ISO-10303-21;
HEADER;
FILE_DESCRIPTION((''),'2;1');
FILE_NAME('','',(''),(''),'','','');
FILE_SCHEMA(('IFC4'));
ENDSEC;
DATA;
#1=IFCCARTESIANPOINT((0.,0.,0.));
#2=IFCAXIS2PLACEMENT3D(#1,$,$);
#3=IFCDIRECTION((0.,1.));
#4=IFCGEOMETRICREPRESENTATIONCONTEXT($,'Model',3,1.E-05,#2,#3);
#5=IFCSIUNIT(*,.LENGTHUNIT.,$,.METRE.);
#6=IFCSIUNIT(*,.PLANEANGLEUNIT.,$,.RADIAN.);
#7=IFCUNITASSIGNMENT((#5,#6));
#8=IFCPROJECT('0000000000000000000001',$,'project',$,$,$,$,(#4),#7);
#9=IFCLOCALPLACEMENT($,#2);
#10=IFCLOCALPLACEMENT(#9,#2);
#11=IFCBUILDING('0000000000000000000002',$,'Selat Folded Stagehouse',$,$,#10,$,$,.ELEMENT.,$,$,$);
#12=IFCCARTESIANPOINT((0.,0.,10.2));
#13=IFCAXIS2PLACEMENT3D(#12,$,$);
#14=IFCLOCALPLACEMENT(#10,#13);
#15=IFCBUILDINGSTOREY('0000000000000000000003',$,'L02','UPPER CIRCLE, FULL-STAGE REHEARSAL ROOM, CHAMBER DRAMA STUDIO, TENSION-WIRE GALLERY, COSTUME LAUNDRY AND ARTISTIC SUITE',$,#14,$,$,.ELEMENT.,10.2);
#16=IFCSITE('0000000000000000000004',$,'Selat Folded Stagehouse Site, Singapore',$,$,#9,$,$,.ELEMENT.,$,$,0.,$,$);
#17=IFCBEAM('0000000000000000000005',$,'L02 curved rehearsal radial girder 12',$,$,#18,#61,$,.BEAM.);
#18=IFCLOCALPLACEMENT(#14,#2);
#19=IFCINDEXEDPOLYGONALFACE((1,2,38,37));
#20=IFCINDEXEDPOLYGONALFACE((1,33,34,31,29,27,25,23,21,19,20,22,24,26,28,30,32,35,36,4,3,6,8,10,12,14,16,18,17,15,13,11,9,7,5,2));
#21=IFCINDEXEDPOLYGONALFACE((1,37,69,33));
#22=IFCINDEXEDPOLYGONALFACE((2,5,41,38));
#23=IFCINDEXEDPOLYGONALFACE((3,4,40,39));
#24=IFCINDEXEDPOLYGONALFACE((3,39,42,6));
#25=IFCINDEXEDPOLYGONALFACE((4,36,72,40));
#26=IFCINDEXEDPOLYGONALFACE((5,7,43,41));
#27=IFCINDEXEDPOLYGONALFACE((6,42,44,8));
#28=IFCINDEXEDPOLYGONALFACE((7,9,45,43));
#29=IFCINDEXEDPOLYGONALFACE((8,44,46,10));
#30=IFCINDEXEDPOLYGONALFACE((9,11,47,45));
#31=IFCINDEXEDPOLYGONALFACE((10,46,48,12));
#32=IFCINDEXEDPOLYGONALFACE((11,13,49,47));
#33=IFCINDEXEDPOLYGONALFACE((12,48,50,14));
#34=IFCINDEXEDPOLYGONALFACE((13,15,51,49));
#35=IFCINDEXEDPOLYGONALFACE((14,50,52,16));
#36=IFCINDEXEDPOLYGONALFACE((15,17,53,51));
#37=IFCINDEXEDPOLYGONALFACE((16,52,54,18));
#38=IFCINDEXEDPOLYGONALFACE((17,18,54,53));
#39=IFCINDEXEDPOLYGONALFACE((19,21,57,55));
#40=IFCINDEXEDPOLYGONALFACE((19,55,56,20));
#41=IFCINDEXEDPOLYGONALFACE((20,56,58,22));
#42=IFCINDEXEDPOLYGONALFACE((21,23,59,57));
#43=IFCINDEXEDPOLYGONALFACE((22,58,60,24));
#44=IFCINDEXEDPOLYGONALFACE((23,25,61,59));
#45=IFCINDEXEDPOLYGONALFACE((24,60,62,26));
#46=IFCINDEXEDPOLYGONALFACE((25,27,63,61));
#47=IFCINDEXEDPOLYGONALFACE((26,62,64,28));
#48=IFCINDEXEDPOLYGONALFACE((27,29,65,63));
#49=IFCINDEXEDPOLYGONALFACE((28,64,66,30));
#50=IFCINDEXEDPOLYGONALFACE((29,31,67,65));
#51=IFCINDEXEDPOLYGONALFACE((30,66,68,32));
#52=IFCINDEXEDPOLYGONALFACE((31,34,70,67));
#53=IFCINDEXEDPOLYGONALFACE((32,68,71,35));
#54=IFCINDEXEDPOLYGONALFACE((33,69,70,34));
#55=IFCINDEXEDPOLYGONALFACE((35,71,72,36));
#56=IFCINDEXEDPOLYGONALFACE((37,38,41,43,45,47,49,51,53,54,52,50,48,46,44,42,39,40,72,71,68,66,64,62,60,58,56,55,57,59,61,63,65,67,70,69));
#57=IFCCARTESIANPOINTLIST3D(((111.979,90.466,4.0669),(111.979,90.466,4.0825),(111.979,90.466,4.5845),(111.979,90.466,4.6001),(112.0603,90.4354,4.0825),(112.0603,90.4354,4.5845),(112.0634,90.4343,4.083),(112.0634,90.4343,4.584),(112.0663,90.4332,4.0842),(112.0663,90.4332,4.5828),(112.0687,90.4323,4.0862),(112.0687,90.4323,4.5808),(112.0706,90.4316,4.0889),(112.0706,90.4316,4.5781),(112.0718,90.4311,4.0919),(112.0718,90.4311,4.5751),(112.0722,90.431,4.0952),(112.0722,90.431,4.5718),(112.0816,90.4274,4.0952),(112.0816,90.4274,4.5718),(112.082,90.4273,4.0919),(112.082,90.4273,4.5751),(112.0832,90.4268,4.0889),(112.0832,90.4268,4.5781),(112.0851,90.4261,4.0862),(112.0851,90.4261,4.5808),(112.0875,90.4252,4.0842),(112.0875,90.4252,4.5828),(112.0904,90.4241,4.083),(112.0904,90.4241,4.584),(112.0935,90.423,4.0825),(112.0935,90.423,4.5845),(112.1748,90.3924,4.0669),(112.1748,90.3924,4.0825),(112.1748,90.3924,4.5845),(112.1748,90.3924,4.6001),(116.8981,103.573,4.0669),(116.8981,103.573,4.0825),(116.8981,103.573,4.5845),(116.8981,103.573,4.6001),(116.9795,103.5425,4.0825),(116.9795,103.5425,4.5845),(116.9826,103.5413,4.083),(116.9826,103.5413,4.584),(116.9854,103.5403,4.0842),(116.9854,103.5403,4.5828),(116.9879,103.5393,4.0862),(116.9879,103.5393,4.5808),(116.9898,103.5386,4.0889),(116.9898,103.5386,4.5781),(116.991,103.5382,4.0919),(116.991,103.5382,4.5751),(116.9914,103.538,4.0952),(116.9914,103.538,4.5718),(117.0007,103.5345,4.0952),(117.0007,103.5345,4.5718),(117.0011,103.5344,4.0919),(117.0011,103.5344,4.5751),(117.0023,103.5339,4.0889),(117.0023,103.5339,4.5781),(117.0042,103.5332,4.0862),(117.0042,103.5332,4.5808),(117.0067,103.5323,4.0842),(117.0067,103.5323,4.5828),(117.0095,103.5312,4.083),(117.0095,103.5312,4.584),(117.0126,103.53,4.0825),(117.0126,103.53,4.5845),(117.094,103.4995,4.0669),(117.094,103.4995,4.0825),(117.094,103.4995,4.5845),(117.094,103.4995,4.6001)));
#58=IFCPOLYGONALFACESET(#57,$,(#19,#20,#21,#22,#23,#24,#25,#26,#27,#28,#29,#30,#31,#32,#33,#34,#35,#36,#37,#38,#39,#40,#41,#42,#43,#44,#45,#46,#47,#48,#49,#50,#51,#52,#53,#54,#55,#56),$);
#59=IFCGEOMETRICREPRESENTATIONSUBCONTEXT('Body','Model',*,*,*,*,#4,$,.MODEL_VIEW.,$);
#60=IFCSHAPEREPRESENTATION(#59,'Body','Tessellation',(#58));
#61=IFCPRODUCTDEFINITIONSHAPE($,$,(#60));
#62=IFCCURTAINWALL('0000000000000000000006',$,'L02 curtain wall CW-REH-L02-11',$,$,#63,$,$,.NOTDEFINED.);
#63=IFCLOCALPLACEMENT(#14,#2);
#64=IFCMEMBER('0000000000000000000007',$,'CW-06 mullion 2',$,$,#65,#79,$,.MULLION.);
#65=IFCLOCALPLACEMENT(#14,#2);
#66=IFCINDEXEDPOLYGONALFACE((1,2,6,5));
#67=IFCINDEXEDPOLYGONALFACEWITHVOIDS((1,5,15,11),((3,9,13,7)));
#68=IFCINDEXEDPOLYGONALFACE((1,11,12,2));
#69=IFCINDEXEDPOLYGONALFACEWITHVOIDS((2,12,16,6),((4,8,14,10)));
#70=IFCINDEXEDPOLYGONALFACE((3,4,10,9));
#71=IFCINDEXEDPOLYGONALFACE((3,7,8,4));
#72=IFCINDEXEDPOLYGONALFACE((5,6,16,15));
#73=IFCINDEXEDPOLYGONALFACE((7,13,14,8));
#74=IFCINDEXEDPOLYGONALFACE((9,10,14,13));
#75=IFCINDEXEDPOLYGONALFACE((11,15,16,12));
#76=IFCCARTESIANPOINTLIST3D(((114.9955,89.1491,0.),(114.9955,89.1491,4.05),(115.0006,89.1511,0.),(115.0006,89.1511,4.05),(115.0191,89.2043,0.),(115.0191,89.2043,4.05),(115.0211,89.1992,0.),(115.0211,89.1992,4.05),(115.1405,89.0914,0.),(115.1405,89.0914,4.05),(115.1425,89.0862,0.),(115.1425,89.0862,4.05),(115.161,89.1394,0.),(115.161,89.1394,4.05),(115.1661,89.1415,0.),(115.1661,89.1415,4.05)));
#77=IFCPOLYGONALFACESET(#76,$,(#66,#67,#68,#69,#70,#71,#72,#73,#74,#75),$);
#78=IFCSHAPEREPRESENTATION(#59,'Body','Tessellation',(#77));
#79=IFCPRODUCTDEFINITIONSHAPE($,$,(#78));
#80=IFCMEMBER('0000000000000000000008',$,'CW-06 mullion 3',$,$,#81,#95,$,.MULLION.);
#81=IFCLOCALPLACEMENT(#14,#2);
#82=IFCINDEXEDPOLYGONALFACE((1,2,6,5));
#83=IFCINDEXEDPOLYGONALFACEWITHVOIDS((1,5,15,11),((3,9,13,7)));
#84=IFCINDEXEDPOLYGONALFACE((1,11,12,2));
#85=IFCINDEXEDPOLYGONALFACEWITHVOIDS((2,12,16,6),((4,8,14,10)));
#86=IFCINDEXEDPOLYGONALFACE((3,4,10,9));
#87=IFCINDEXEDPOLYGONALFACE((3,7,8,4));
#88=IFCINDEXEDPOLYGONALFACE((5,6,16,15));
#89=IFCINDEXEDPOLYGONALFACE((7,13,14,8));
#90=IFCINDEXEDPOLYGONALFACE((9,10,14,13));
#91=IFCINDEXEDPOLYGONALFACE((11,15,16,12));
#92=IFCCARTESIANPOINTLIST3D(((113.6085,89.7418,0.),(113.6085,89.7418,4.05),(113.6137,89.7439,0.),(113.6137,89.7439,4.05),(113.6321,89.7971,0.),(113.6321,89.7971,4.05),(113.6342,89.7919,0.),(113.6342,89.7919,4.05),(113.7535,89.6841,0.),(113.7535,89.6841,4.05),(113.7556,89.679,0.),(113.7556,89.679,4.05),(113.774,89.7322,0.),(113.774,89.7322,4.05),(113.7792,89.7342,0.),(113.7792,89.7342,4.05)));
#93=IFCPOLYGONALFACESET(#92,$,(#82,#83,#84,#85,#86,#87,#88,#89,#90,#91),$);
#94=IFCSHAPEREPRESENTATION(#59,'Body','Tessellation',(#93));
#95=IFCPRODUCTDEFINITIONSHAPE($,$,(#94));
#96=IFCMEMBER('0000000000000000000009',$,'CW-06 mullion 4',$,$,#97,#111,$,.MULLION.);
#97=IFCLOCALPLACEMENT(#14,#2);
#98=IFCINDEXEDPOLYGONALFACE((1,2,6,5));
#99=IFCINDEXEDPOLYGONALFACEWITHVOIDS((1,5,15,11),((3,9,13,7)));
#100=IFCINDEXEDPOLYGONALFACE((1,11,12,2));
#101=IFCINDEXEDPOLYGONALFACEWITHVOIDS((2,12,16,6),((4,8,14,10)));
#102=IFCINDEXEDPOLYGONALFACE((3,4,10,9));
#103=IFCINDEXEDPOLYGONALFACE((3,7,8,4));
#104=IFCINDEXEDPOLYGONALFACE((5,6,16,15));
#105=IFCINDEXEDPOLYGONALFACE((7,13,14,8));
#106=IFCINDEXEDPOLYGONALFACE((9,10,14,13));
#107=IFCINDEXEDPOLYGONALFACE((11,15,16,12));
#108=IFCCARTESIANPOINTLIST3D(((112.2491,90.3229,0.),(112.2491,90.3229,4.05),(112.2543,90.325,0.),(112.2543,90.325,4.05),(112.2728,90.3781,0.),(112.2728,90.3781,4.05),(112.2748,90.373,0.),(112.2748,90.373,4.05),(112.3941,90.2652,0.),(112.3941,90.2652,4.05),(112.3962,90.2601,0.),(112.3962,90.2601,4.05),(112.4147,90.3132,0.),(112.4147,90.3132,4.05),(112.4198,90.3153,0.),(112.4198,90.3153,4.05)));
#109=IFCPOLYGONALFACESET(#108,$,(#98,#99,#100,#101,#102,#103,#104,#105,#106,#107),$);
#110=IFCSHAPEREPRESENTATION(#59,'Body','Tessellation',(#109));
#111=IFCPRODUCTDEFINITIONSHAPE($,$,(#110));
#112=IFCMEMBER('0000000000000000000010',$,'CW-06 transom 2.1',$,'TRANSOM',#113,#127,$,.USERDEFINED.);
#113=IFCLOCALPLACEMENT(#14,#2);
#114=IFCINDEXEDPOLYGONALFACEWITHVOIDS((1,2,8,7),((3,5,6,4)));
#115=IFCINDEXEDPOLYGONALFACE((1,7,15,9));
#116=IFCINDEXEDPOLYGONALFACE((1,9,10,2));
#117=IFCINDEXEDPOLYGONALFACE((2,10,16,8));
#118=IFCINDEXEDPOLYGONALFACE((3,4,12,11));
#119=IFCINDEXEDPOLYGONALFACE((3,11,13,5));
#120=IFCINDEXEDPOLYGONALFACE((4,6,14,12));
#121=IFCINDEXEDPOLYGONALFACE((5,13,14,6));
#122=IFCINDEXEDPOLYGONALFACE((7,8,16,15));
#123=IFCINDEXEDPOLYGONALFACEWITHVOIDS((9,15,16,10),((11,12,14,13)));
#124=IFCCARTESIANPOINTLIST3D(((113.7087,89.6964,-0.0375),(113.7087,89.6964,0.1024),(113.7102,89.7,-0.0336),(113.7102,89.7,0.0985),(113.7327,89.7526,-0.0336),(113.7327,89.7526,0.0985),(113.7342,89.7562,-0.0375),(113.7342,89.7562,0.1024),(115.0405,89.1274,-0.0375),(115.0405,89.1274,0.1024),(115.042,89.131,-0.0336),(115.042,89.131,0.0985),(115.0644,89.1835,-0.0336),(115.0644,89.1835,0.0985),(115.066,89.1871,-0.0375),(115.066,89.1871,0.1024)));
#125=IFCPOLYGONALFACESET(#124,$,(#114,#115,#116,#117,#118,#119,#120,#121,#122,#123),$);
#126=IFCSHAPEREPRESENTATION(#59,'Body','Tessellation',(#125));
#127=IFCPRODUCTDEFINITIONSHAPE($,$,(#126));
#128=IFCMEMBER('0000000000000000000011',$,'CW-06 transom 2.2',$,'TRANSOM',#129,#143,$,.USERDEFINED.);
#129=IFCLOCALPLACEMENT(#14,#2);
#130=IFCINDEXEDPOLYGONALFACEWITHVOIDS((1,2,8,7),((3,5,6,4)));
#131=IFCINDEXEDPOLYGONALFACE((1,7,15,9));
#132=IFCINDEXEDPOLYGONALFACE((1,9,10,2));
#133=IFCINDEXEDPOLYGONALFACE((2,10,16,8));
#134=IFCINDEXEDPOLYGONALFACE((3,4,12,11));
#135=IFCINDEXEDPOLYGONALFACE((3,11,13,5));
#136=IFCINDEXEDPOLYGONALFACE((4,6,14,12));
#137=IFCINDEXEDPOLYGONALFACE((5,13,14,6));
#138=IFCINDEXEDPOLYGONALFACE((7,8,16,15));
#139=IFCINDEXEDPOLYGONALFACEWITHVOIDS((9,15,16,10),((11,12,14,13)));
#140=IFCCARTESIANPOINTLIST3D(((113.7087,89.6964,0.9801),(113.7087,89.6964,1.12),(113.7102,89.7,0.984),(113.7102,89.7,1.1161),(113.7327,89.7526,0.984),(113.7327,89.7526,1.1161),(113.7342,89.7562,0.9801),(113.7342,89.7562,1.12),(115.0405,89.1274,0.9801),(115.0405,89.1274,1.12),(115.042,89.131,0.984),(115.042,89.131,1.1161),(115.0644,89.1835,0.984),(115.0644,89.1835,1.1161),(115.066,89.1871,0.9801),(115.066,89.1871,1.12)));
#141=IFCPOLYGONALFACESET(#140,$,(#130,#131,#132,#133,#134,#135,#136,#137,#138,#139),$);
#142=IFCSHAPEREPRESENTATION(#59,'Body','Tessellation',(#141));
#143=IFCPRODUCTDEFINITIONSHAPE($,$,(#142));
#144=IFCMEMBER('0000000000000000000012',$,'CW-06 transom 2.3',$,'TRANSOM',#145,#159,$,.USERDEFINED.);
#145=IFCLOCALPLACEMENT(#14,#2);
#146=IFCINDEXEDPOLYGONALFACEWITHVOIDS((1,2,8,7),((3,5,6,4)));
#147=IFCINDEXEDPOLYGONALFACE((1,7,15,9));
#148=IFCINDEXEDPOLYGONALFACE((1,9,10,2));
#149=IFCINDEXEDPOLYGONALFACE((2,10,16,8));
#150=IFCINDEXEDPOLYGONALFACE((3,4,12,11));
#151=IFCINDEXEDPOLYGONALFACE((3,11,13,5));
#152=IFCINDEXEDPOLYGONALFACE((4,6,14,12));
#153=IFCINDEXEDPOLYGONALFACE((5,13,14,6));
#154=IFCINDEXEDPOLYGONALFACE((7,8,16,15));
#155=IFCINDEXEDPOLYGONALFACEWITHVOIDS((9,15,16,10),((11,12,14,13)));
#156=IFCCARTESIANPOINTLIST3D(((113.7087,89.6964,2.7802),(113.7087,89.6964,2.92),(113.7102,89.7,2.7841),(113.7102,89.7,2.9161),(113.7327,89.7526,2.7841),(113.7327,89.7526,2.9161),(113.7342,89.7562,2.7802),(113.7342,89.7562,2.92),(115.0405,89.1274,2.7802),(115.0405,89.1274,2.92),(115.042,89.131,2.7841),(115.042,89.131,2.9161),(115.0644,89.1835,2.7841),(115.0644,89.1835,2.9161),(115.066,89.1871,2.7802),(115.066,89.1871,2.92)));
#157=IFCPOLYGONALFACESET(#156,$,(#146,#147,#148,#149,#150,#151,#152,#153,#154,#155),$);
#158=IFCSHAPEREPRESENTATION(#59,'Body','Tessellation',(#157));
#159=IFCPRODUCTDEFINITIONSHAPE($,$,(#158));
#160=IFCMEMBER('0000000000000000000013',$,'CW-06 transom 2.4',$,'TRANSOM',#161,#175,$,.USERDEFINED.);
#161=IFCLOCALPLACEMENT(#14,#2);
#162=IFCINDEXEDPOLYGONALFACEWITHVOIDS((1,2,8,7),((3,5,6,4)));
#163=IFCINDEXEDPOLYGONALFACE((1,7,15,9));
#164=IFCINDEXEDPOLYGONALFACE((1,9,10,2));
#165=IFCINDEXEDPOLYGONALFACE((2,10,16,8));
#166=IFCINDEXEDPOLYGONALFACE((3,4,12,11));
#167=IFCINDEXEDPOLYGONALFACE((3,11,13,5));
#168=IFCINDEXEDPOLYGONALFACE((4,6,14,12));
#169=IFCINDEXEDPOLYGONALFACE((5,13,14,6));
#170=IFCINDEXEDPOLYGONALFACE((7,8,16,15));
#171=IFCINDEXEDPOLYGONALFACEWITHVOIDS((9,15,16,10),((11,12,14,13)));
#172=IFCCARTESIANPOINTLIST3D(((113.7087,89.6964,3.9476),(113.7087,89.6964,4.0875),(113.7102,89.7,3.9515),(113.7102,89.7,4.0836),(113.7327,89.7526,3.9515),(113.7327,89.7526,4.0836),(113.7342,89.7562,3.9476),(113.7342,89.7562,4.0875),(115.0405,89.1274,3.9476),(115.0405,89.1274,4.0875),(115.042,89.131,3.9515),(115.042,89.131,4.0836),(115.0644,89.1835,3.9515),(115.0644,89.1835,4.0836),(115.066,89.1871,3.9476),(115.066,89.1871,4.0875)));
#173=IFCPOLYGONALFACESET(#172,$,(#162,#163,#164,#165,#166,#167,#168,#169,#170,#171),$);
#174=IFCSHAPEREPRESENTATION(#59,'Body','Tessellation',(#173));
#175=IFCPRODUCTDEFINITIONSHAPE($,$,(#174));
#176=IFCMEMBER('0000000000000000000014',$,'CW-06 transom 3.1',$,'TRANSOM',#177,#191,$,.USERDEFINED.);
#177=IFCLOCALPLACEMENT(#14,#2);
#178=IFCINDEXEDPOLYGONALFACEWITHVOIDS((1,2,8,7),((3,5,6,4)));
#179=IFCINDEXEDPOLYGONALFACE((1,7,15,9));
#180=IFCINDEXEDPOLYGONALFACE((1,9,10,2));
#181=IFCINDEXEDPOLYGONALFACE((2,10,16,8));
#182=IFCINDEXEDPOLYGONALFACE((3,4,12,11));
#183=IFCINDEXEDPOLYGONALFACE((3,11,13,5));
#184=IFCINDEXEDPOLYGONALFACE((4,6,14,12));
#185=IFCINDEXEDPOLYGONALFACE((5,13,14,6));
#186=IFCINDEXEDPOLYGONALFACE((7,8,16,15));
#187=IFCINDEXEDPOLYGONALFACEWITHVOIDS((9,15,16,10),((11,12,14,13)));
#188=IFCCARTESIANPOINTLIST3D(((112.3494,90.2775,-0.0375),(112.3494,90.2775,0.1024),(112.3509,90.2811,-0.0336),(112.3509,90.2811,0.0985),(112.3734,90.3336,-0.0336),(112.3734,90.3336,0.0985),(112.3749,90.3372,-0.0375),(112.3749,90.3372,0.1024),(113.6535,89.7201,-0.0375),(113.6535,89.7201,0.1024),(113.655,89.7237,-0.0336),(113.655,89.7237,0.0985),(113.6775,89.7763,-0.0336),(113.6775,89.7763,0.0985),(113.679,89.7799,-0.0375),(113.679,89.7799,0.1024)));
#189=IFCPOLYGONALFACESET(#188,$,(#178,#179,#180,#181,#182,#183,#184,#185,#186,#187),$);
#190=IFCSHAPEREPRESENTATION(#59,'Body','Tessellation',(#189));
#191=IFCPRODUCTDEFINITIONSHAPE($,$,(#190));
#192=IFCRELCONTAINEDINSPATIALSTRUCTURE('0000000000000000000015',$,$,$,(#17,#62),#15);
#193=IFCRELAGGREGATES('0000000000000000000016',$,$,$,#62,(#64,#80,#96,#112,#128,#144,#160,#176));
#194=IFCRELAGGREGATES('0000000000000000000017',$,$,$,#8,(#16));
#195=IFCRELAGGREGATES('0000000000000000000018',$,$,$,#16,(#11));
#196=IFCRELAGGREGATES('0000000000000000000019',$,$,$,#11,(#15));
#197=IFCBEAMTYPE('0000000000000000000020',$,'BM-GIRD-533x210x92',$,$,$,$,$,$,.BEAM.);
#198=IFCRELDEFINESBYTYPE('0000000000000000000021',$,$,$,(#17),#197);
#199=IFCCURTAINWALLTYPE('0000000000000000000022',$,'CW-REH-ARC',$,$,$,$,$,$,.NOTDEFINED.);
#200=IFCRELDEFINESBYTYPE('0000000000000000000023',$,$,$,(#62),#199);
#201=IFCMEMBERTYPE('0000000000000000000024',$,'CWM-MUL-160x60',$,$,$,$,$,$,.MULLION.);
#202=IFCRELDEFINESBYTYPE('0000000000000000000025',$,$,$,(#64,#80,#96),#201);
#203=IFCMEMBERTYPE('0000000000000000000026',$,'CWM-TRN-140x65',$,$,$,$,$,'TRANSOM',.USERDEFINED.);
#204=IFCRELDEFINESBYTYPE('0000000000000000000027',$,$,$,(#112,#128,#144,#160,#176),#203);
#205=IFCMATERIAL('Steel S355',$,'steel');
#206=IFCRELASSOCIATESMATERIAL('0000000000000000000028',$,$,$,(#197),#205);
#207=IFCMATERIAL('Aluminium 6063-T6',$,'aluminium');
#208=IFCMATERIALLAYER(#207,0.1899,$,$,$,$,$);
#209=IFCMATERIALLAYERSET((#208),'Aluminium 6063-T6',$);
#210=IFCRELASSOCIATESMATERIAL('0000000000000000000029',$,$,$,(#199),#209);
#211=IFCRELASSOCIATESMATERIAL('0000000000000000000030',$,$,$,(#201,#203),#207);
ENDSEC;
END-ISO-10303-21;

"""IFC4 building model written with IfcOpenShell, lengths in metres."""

from ifc_helpers import new_model, si_unit, direction, frame, origin, origin_2d, place, context, subcontext, project, spatial, hollow_rectangle, i_section, extrude, material, layer, layer_set, material_profile, profile_set, type_object, element, aggregate, save


model = new_model("IFC4")

# Units and contexts
model_context = context("Model", 3, precision=1e-05, world=origin(), true_north=direction((0.0, 1.0)))
body_context = subcontext(model_context, "Body", "Model", "MODEL_VIEW")
ifc_project = project(units=[si_unit("LENGTHUNIT", "METRE"), si_unit("PLANEANGLEUNIT", "RADIAN")], contexts=[model_context])

# Site, building, storey
site_placement = place(None, origin())
site = spatial("IfcSite", under=ifc_project, at=site_placement, Name="Selat Folded Stagehouse Site, Singapore", CompositionType="ELEMENT", RefElevation=0.0)
building_placement = place(site_placement, origin())
building = spatial("IfcBuilding", under=site, at=building_placement, Name="Selat Folded Stagehouse", CompositionType="ELEMENT")
storey_placement = place(building_placement, frame((0.0, 0.0, 10.2)))
storey = spatial("IfcBuildingStorey", under=building, at=storey_placement, Name="L02", Description="UPPER CIRCLE, FULL-STAGE REHEARSAL ROOM, CHAMBER DRAMA STUDIO, TENSION-WIRE GALLERY, COSTUME LAUNDRY AND ARTISTIC SUITE", CompositionType="ELEMENT", Elevation=10.2)

# Beam
ifc_material_1 = material(Name="Steel S355", Category="steel")
ifc_material_profile_1 = material_profile(ifc_material_1, i_section(OverallWidth=0.2092, OverallDepth=0.5332, WebThickness=0.01, FlangeThickness=0.0156, FilletRadius=0.0127, at=origin_2d()), Name="UKB 533x210x92")
ifc_profile_set_1 = profile_set([ifc_material_profile_1], Name="Steel S355")
beam_type_1 = type_object("IfcBeamType", Name="BM-GIRD-533x210x92", PredefinedType="BEAM", material=ifc_profile_set_1)
beam_1_placement = place(storey_placement, frame((112.0769, 90.4292, 4.3335), z_axis=(0.351374, 0.936235, 0.0), x_axis=(-0.936235, 0.351374, 0.0)))
element("IfcBeam", 1, at=beam_1_placement, inside=storey, type_object=beam_type_1, Name="L02 curved rehearsal radial girder 12", PredefinedType="BEAM", context=body_context, shape_type="SweptSolid", body=[
    extrude(i_section(OverallWidth=0.2092, OverallDepth=0.5332, WebThickness=0.01, FlangeThickness=0.0156, FilletRadius=0.0127, at=origin_2d()), origin(), (0.0, 0.0, 1.0), 13.9998),
])

# Curtain wall, members
ifc_material_2 = material(Name="Aluminium 6063-T6", Category="aluminium")
ifc_layer_1 = layer(ifc_material_2, 0.1899)
ifc_layer_set_1 = layer_set([ifc_layer_1], Name="Aluminium 6063-T6")
curtain_wall_type = type_object("IfcCurtainWallType", Name="CW-REH-ARC", PredefinedType="NOTDEFINED", material=ifc_layer_set_1)
curtain_wall_placement = place(storey_placement, origin())
curtain_wall = element("IfcCurtainWall", 2, at=curtain_wall_placement, inside=storey, type_object=curtain_wall_type, Name="L02 curtain wall CW-REH-L02-11", PredefinedType="NOTDEFINED")
ifc_material_profile_2 = material_profile(ifc_material_2, hollow_rectangle(XDim=0.0601, YDim=0.1599, WallThickness=0.0039, at=origin_2d()), Name="ALU 160x60x4.0")
ifc_profile_set_2 = profile_set([ifc_material_profile_2], Name="Aluminium 6063-T6")
member_type_1 = type_object("IfcMemberType", Name="CWM-MUL-160x60", PredefinedType="MULLION", material=ifc_profile_set_2)
member_1_placement = place(storey_placement, frame((115.0808, 89.1453, 0.0), z_axis=(0.0, 0.0, 1.0), x_axis=(-0.393012, -0.919533, 0.0)))
member_1 = element("IfcMember", 3, at=member_1_placement, type_object=member_type_1, Name="CW-06 mullion 2", PredefinedType="MULLION", context=body_context, shape_type="SweptSolid", body=[
    extrude(hollow_rectangle(XDim=0.0601, YDim=0.1599, WallThickness=0.0039, at=origin_2d()), origin(), (0.0, 0.0, 1.0), 4.05),
])
member_2_placement = place(storey_placement, frame((113.6938, 89.738, 0.0), z_axis=(0.0, 0.0, 1.0), x_axis=(-0.393012, -0.919533, 0.0)))
member_2 = element("IfcMember", 4, at=member_2_placement, type_object=member_type_1, Name="CW-06 mullion 3", PredefinedType="MULLION", context=body_context, shape_type="SweptSolid", body=[
    extrude(hollow_rectangle(XDim=0.0601, YDim=0.1599, WallThickness=0.0039, at=origin_2d()), origin(), (0.0, 0.0, 1.0), 4.05),
])
member_3_placement = place(storey_placement, frame((112.3345, 90.3191, 0.0), z_axis=(0.0, 0.0, 1.0), x_axis=(-0.393012, -0.919533, 0.0)))
member_3 = element("IfcMember", 5, at=member_3_placement, type_object=member_type_1, Name="CW-06 mullion 4", PredefinedType="MULLION", context=body_context, shape_type="SweptSolid", body=[
    extrude(hollow_rectangle(XDim=0.0601, YDim=0.1599, WallThickness=0.0039, at=origin_2d()), origin(), (0.0, 0.0, 1.0), 4.05),
])
ifc_material_profile_3 = material_profile(ifc_material_2, hollow_rectangle(XDim=0.0649, YDim=0.1399, WallThickness=0.0039, at=origin_2d()), Name="ALU 140x65x4.0")
ifc_profile_set_3 = profile_set([ifc_material_profile_3], Name="Aluminium 6063-T6")
member_type_2 = type_object("IfcMemberType", Name="CWM-TRN-140x65", ElementType="TRANSOM", PredefinedType="USERDEFINED", material=ifc_profile_set_3)
member_4_placement = place(storey_placement, frame((115.0532, 89.1572, 0.0325), z_axis=(-0.919563, 0.392943, 0.0), x_axis=(-0.392943, -0.919563, 0.0)))
member_4 = element("IfcMember", 6, at=member_4_placement, type_object=member_type_2, Name="CW-06 transom 2.1", ObjectType="TRANSOM", PredefinedType="USERDEFINED", context=body_context, shape_type="SweptSolid", body=[
    extrude(hollow_rectangle(XDim=0.0649, YDim=0.1399, WallThickness=0.0039, at=origin_2d()), origin(), (0.0, 0.0, 1.0), 1.4482),
])
member_5_placement = place(storey_placement, frame((115.0532, 89.1572, 1.05), z_axis=(-0.919563, 0.392943, 0.0), x_axis=(-0.392943, -0.919563, 0.0)))
member_5 = element("IfcMember", 7, at=member_5_placement, type_object=member_type_2, Name="CW-06 transom 2.2", ObjectType="TRANSOM", PredefinedType="USERDEFINED", context=body_context, shape_type="SweptSolid", body=[
    extrude(hollow_rectangle(XDim=0.0649, YDim=0.1399, WallThickness=0.0039, at=origin_2d()), origin(), (0.0, 0.0, 1.0), 1.4482),
])
member_6_placement = place(storey_placement, frame((115.0532, 89.1572, 2.8501), z_axis=(-0.919563, 0.392943, 0.0), x_axis=(-0.392943, -0.919563, 0.0)))
member_6 = element("IfcMember", 8, at=member_6_placement, type_object=member_type_2, Name="CW-06 transom 2.3", ObjectType="TRANSOM", PredefinedType="USERDEFINED", context=body_context, shape_type="SweptSolid", body=[
    extrude(hollow_rectangle(XDim=0.0649, YDim=0.1399, WallThickness=0.0039, at=origin_2d()), origin(), (0.0, 0.0, 1.0), 1.4482),
])
member_7_placement = place(storey_placement, frame((115.0532, 89.1572, 4.0176), z_axis=(-0.919563, 0.392943, 0.0), x_axis=(-0.392943, -0.919563, 0.0)))
member_7 = element("IfcMember", 9, at=member_7_placement, type_object=member_type_2, Name="CW-06 transom 2.4", ObjectType="TRANSOM", PredefinedType="USERDEFINED", context=body_context, shape_type="SweptSolid", body=[
    extrude(hollow_rectangle(XDim=0.0649, YDim=0.1399, WallThickness=0.0039, at=origin_2d()), origin(), (0.0, 0.0, 1.0), 1.4482),
])
member_8_placement = place(storey_placement, frame((113.6663, 89.75, 0.0325), z_axis=(-0.919545, 0.392984, 0.0), x_axis=(-0.392984, -0.919545, 0.0)))
member_8 = element("IfcMember", 10, at=member_8_placement, type_object=member_type_2, Name="CW-06 transom 3.1", ObjectType="TRANSOM", PredefinedType="USERDEFINED", context=body_context, shape_type="SweptSolid", body=[
    extrude(hollow_rectangle(XDim=0.0649, YDim=0.1399, WallThickness=0.0039, at=origin_2d()), origin(), (0.0, 0.0, 1.0), 1.4182),
])

aggregate(curtain_wall, [member_1, member_2, member_3, member_4, member_5, member_6, member_7, member_8])

save(model, "model.ifc")
